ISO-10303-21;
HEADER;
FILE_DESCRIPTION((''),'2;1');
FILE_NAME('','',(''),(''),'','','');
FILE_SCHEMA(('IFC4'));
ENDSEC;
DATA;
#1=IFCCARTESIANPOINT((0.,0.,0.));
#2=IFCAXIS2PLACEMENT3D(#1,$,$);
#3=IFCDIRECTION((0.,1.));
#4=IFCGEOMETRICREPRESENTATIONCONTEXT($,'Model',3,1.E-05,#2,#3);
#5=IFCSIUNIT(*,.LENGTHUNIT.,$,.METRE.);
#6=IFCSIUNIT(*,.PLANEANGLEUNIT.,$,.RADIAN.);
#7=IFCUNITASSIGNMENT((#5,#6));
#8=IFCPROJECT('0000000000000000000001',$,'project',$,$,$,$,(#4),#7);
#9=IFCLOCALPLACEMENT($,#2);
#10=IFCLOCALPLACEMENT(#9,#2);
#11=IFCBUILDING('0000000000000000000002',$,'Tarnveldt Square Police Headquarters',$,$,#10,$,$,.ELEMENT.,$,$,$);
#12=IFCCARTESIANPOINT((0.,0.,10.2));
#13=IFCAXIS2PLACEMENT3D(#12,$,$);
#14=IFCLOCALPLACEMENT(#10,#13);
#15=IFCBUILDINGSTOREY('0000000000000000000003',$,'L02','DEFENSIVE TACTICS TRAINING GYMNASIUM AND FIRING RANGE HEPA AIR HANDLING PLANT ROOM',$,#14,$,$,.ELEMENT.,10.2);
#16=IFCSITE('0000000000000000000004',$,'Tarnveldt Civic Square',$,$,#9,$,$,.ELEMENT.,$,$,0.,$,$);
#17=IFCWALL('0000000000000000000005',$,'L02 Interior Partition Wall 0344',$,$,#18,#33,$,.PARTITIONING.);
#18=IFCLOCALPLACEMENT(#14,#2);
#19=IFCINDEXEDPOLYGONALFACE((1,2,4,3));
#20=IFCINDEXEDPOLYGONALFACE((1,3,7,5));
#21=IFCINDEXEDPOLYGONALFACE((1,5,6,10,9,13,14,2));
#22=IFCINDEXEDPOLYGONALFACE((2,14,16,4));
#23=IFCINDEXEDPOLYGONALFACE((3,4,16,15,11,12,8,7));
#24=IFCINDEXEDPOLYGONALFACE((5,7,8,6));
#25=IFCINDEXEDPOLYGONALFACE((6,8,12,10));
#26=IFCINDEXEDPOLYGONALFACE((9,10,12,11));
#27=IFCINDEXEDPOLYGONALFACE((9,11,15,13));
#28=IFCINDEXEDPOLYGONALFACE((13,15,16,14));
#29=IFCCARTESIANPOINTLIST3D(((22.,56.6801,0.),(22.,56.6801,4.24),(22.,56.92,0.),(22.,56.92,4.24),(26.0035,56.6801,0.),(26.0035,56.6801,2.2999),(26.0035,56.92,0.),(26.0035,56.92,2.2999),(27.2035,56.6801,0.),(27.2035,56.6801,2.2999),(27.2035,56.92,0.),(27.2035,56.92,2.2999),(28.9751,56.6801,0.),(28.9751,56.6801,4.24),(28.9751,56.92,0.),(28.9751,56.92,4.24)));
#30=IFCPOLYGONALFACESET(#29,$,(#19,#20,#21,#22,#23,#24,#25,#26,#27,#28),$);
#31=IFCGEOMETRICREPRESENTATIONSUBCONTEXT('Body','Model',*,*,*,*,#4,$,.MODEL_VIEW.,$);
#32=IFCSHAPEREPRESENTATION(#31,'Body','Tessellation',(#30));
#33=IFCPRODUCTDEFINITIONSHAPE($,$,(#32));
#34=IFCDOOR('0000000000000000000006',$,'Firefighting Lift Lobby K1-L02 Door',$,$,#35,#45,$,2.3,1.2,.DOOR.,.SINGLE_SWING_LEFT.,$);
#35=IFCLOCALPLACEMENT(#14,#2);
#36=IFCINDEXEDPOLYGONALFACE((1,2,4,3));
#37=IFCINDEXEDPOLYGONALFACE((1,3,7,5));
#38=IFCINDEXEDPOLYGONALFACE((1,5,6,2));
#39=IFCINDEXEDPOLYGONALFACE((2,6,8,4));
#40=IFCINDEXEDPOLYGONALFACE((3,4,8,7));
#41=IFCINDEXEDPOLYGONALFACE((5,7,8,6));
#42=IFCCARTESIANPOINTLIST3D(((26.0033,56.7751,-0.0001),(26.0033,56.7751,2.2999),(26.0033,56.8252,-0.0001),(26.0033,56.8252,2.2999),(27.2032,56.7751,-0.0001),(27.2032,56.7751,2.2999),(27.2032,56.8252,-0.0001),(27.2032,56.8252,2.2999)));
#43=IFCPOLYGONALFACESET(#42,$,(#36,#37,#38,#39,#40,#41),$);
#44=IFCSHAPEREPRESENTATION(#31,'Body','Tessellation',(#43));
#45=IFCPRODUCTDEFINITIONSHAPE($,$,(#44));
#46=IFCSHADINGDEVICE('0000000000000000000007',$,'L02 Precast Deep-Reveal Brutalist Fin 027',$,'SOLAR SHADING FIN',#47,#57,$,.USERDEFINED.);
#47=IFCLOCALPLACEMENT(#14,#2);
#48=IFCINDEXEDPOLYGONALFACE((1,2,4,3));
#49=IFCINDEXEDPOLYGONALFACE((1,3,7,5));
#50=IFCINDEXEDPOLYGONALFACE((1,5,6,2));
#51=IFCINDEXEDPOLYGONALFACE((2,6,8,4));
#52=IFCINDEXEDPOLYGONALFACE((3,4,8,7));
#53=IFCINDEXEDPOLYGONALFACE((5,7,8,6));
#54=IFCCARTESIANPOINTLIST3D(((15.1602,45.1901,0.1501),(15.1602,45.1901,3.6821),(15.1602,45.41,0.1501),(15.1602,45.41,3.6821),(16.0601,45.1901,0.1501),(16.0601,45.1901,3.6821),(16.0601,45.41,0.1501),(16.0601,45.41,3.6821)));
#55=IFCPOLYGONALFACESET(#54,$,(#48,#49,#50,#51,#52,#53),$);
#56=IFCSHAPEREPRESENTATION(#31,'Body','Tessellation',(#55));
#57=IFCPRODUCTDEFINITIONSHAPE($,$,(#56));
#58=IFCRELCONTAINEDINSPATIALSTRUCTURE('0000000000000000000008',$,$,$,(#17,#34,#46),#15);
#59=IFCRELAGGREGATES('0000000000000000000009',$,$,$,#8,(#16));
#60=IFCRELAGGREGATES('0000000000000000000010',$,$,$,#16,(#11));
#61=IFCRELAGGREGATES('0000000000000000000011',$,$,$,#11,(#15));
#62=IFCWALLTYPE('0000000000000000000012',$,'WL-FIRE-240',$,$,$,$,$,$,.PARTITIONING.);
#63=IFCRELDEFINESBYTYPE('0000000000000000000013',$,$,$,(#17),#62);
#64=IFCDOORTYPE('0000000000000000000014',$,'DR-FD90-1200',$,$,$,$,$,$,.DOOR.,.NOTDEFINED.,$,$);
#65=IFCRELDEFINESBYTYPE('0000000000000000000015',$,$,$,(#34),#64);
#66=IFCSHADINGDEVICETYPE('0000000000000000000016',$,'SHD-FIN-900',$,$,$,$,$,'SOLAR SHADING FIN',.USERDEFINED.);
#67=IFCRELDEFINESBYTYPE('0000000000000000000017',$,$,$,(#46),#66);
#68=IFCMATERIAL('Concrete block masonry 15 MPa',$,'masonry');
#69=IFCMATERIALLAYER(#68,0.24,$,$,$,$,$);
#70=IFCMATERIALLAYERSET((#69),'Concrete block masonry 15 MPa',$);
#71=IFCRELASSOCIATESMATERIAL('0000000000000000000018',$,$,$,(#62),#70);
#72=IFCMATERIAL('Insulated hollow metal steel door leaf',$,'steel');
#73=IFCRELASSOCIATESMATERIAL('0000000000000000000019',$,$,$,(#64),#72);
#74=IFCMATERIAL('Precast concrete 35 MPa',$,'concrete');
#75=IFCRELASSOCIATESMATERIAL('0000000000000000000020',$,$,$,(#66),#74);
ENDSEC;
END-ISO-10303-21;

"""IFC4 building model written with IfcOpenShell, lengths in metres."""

from ifc_helpers import new_model, si_unit, direction, frame, frame_2d, origin, origin_2d, place, context, subcontext, project, spatial, rectangle, extrude, material, layer, layer_set, material_profile, profile_set, type_object, element, fill, save


model = new_model("IFC4")

# Units and contexts
model_context = context("Model", 3, precision=1e-05, world=origin(), true_north=direction((0.0, 1.0)))
body_context = subcontext(model_context, "Body", "Model", "MODEL_VIEW")
ifc_project = project(units=[si_unit("LENGTHUNIT", "METRE"), si_unit("PLANEANGLEUNIT", "RADIAN")], contexts=[model_context])

# Site, building, storey
site_placement = place(None, origin())
site = spatial("IfcSite", under=ifc_project, at=site_placement, Name="Tarnveldt Civic Square", CompositionType="ELEMENT", RefElevation=0.0)
building_placement = place(site_placement, origin())
building = spatial("IfcBuilding", under=site, at=building_placement, Name="Tarnveldt Square Police Headquarters", CompositionType="ELEMENT")
storey_placement = place(building_placement, frame((0.0, 0.0, 10.2)))
storey = spatial("IfcBuildingStorey", under=building, at=storey_placement, Name="L02", Description="DEFENSIVE TACTICS TRAINING GYMNASIUM AND FIRING RANGE HEPA AIR HANDLING PLANT ROOM", CompositionType="ELEMENT", Elevation=10.2)

# Wall, opening, door
ifc_material_1 = material(Name="Insulated hollow metal steel door leaf", Category="steel")
ifc_material_2 = material(Name="Concrete block masonry 15 MPa", Category="masonry")
ifc_layer_1 = layer(ifc_material_2, 0.24)
ifc_layer_set_1 = layer_set([ifc_layer_1], Name="Concrete block masonry 15 MPa")
wall_type_1 = type_object("IfcWallType", Name="WL-FIRE-240", PredefinedType="PARTITIONING", material=ifc_layer_set_1)
wall_1_placement = place(storey_placement, frame((22.0, 56.8, 0.0), z_axis=(0.0, 0.0, 1.0), x_axis=(1.0, 0.0, 0.0)))
wall_1 = element("IfcWall", 1, at=wall_1_placement, inside=storey, type_object=wall_type_1, Name="L02 Interior Partition Wall 0344", PredefinedType="PARTITIONING", context=body_context, shape_type="SweptSolid", body=[
    extrude(rectangle(XDim=6.9751, YDim=0.24, at=frame_2d((3.4875, 0.0))), origin(), (0.0, 0.0, 1.0), 4.24),
])
opening_1_placement = place(wall_1_placement, frame((4.0034, 0.0, 0.0)))
opening_1 = element("IfcOpeningElement", 2, at=opening_1_placement, cuts=wall_1, PredefinedType="OPENING", context=body_context, shape_type="SweptSolid", body=[
    extrude(rectangle(XDim=1.2, YDim=2.3, at=frame_2d((0.6001, 1.1499))), frame((0.0, 0.1299, 0.0), z_axis=(0.0, -1.0, 0.0), x_axis=(1.0, 0.0, 0.0)), (0.0, 0.0, 1.0), 0.26),
])
door_type_1 = type_object("IfcDoorType", Name="DR-FD90-1200", OperationType="NOTDEFINED", PredefinedType="DOOR", material=ifc_material_1)
door_1_placement = place(opening_1_placement, frame((1.2, 0.0, 0.0), z_axis=(0.0, 0.0, 1.0), x_axis=(-1.0, 0.0, 0.0)))
door_1 = element("IfcDoor", 3, at=door_1_placement, inside=storey, type_object=door_type_1, Name="Firefighting Lift Lobby K1-L02 Door", OperationType="SINGLE_SWING_LEFT", OverallHeight=2.3, OverallWidth=1.2, PredefinedType="DOOR", context=body_context, shape_type="SweptSolid", body=[
    extrude(rectangle(XDim=1.2, YDim=2.3, at=frame_2d((0.6001, 1.1499))), frame((0.0, 0.0249, 0.0), z_axis=(0.0, -1.0, 0.0), x_axis=(1.0, 0.0, 0.0)), (0.0, 0.0, 1.0), 0.05),
])
fill(opening_1, door_1)

# Shading device
ifc_material_3 = material(Name="Precast concrete 35 MPa", Category="concrete")
ifc_material_profile_1 = material_profile(ifc_material_3, rectangle(XDim=0.22, YDim=0.8999, at=origin_2d()), Name="PC-FIN220x900")
ifc_profile_set_1 = profile_set([ifc_material_profile_1], Name="Precast concrete 35 MPa")
shading_device_type = type_object("IfcShadingDeviceType", Name="SHD-FIN-900", ElementType="SOLAR SHADING FIN", PredefinedType="USERDEFINED", material=ifc_profile_set_1)
shading_device_placement = place(storey_placement, frame((15.6101, 45.3, 0.1501), z_axis=(0.0, 0.0, 1.0), x_axis=(0.0, -1.0, 0.0)))
element("IfcShadingDevice", 4, at=shading_device_placement, inside=storey, type_object=shading_device_type, Name="L02 Precast Deep-Reveal Brutalist Fin 027", ObjectType="SOLAR SHADING FIN", PredefinedType="USERDEFINED", context=body_context, shape_type="SweptSolid", body=[
    extrude(rectangle(XDim=0.22, YDim=0.8999, at=origin_2d()), origin(), (0.0, 0.0, 1.0), 3.532),
])

save(model, "model.ifc")
